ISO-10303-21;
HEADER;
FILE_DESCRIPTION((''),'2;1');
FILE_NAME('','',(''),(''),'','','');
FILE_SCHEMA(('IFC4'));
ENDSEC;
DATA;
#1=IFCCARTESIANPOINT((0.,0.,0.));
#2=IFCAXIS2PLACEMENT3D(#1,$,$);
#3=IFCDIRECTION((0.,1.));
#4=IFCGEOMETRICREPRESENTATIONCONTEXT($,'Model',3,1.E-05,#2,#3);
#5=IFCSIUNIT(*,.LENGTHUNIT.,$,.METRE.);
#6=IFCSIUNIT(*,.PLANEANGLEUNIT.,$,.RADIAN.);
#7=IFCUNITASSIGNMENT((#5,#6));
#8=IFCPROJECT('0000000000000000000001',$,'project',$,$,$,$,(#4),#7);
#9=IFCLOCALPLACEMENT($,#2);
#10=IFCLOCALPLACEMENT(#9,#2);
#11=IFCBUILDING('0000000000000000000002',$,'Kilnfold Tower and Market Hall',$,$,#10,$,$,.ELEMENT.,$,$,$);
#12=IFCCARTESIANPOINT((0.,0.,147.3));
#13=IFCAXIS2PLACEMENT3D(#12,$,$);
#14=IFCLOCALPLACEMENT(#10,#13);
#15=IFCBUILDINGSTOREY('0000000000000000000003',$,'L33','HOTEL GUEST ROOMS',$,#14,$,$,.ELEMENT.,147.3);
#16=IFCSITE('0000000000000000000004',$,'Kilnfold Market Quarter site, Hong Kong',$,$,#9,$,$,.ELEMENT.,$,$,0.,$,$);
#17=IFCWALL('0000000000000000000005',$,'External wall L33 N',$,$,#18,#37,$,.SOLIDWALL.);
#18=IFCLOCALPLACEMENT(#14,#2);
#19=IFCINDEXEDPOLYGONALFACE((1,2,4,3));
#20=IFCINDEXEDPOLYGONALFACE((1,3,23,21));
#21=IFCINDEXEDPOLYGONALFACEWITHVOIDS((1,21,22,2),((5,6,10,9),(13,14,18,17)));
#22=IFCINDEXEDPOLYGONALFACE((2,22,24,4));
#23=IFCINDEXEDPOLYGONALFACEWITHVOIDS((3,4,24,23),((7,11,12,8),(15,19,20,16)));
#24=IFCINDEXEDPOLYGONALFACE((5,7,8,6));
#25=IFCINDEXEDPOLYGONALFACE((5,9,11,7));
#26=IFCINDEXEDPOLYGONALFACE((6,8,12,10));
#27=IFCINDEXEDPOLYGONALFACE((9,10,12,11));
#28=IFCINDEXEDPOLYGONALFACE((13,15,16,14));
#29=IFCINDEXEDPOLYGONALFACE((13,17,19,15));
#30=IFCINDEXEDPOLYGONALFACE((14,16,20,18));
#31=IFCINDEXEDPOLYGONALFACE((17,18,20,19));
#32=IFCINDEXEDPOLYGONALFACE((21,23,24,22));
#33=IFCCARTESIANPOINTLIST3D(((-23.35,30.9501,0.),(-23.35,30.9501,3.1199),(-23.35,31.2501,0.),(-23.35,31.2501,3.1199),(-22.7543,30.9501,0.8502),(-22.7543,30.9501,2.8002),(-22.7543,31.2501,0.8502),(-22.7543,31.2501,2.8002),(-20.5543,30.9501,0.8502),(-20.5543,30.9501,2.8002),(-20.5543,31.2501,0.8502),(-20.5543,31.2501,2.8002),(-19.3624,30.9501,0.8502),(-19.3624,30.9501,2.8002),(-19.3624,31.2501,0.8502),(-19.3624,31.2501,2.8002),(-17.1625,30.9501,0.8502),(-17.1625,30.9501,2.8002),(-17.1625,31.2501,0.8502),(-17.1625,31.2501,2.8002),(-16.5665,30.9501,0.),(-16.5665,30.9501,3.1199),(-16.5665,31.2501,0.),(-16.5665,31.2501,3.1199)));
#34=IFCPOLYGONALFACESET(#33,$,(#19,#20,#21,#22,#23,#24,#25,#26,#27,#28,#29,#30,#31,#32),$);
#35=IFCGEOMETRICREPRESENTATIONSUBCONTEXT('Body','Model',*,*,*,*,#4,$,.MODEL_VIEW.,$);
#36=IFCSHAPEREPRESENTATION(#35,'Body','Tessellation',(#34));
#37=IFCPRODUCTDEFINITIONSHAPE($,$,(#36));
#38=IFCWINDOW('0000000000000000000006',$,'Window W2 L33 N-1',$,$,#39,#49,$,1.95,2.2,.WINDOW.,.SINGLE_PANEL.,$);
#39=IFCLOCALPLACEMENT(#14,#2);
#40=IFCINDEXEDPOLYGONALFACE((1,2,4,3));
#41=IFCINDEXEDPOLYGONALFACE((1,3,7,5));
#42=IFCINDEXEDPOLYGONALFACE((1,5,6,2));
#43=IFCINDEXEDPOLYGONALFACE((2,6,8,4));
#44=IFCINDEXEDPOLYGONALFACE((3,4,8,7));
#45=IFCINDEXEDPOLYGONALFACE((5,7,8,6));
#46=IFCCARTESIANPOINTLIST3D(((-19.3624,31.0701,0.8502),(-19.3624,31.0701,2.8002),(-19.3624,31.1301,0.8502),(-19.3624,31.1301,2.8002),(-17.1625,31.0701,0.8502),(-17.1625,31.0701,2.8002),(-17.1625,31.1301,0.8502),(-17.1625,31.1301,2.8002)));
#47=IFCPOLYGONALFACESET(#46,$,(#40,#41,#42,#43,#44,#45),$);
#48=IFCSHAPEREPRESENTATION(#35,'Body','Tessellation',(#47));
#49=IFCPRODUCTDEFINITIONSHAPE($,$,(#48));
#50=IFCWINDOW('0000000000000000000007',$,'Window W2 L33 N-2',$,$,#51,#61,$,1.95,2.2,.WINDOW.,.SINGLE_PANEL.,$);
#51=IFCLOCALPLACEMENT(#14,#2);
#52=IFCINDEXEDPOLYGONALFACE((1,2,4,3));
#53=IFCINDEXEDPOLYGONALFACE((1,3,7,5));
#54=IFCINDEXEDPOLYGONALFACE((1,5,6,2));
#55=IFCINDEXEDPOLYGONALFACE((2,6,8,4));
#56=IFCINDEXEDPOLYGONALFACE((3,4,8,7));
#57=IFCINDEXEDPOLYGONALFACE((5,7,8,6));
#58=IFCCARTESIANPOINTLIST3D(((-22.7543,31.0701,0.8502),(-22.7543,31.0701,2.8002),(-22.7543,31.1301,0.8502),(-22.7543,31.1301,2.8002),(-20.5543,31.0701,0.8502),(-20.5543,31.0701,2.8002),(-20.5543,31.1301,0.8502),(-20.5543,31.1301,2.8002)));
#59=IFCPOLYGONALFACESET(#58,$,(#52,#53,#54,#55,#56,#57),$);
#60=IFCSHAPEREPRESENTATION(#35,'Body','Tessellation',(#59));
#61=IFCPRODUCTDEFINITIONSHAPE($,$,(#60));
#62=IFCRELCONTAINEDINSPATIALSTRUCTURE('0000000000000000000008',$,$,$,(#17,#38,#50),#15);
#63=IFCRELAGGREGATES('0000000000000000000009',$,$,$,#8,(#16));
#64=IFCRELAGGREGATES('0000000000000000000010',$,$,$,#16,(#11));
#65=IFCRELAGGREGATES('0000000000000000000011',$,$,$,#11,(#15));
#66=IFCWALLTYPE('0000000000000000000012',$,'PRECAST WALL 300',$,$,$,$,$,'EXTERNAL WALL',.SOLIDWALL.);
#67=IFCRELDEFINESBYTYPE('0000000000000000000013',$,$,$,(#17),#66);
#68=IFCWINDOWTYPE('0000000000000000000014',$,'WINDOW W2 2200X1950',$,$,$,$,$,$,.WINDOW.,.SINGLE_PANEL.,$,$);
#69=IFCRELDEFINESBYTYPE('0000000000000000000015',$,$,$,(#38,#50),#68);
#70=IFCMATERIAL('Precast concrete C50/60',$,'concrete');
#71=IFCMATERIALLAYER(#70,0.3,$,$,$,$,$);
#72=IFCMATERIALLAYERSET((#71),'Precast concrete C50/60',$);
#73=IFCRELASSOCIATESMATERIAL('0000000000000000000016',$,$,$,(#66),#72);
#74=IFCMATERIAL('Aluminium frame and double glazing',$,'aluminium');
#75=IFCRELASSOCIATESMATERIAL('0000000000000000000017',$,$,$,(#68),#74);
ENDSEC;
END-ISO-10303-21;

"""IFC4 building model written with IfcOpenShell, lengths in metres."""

from ifc_helpers import new_model, si_unit, direction, frame, frame_2d, origin, place, context, subcontext, project, spatial, rectangle, extrude, source, transform, mapped, material, layer, layer_set, type_object, element, fill, save


model = new_model("IFC4")

# Units and contexts
model_context = context("Model", 3, precision=1e-05, world=origin(), true_north=direction((0.0, 1.0)))
body_context = subcontext(model_context, "Body", "Model", "MODEL_VIEW")
ifc_project = project(units=[si_unit("LENGTHUNIT", "METRE"), si_unit("PLANEANGLEUNIT", "RADIAN")], contexts=[model_context])

# Site, building, storey
site_placement = place(None, origin())
site = spatial("IfcSite", under=ifc_project, at=site_placement, Name="Kilnfold Market Quarter site, Hong Kong", CompositionType="ELEMENT", RefElevation=0.0)
building_placement = place(site_placement, origin())
building = spatial("IfcBuilding", under=site, at=building_placement, Name="Kilnfold Tower and Market Hall", CompositionType="ELEMENT")
storey_placement = place(building_placement, frame((0.0, 0.0, 147.3)))
storey = spatial("IfcBuildingStorey", under=building, at=storey_placement, Name="L33", Description="HOTEL GUEST ROOMS", CompositionType="ELEMENT", Elevation=147.3)

# Wall, openings, windows
ifc_material_1 = material(Name="Precast concrete C50/60", Category="concrete")
ifc_layer_1 = layer(ifc_material_1, 0.3)
ifc_layer_set_1 = layer_set([ifc_layer_1], Name="Precast concrete C50/60")
wall_type_1 = type_object("IfcWallType", Name="PRECAST WALL 300", ElementType="EXTERNAL WALL", PredefinedType="SOLIDWALL", material=ifc_layer_set_1)
shared_shape_1 = source(origin(), body_context, "Body", "SweptSolid", [
    extrude(rectangle(XDim=6.7834, YDim=0.3, at=frame_2d((3.3916, 0.0))), origin(), (0.0, 0.0, 1.0), 3.1199),
])
wall_1_placement = place(storey_placement, frame((-16.5667, 31.1001, 0.0), z_axis=(0.0, 0.0, 1.0), x_axis=(-1.0, 0.0, 0.0)))
wall_1 = element("IfcWall", 1, at=wall_1_placement, inside=storey, type_object=wall_type_1, Name="External wall L33 N", PredefinedType="SOLIDWALL", context=body_context, shape_type="MappedRepresentation", body=[
    mapped(shared_shape_1, transform((0.0, 0.0, 0.0))),
])
opening_1_placement = place(wall_1_placement, frame((0.5957, 0.0, 0.8501)))
opening_1 = element("IfcOpeningElement", 2, at=opening_1_placement, cuts=wall_1, PredefinedType="OPENING", context=body_context, shape_type="SweptSolid", body=[
    extrude(rectangle(XDim=2.2, YDim=1.95, at=frame_2d((1.1001, 0.9751))), frame((0.0, 0.1602, 0.0), z_axis=(0.0, -1.0, 0.0), x_axis=(1.0, 0.0, 0.0)), (0.0, 0.0, 1.0), 0.3201),
])
opening_2_placement = place(wall_1_placement, frame((3.9875, 0.0, 0.8501)))
opening_2 = element("IfcOpeningElement", 3, at=opening_2_placement, cuts=wall_1, PredefinedType="OPENING", context=body_context, shape_type="SweptSolid", body=[
    extrude(rectangle(XDim=2.2, YDim=1.95, at=frame_2d((1.1001, 0.9751))), frame((0.0, 0.1602, 0.0), z_axis=(0.0, -1.0, 0.0), x_axis=(1.0, 0.0, 0.0)), (0.0, 0.0, 1.0), 0.3201),
])
ifc_material_2 = material(Name="Aluminium frame and double glazing", Category="aluminium")
window_type = type_object("IfcWindowType", Name="WINDOW W2 2200X1950", PartitioningType="SINGLE_PANEL", PredefinedType="WINDOW", material=ifc_material_2)
window_1_placement = place(opening_1_placement, origin())
window_1 = element("IfcWindow", 4, at=window_1_placement, inside=storey, type_object=window_type, Name="Window W2 L33 N-1", OverallHeight=1.95, OverallWidth=2.2, PartitioningType="SINGLE_PANEL", PredefinedType="WINDOW", context=body_context, shape_type="SweptSolid", body=[
    extrude(rectangle(XDim=2.2, YDim=1.95, at=frame_2d((1.1001, 0.9751))), frame((0.0, 0.03, 0.0), z_axis=(0.0, -1.0, 0.0), x_axis=(1.0, 0.0, 0.0)), (0.0, 0.0, 1.0), 0.0601),
])
fill(opening_1, window_1)
window_2_placement = place(opening_2_placement, origin())
window_2 = element("IfcWindow", 5, at=window_2_placement, inside=storey, type_object=window_type, Name="Window W2 L33 N-2", OverallHeight=1.95, OverallWidth=2.2, PartitioningType="SINGLE_PANEL", PredefinedType="WINDOW", context=body_context, shape_type="SweptSolid", body=[
    extrude(rectangle(XDim=2.2, YDim=1.95, at=frame_2d((1.1001, 0.9751))), frame((0.0, 0.03, 0.0), z_axis=(0.0, -1.0, 0.0), x_axis=(1.0, 0.0, 0.0)), (0.0, 0.0, 1.0), 0.0601),
])
fill(opening_2, window_2)

save(model, "model.ifc")
